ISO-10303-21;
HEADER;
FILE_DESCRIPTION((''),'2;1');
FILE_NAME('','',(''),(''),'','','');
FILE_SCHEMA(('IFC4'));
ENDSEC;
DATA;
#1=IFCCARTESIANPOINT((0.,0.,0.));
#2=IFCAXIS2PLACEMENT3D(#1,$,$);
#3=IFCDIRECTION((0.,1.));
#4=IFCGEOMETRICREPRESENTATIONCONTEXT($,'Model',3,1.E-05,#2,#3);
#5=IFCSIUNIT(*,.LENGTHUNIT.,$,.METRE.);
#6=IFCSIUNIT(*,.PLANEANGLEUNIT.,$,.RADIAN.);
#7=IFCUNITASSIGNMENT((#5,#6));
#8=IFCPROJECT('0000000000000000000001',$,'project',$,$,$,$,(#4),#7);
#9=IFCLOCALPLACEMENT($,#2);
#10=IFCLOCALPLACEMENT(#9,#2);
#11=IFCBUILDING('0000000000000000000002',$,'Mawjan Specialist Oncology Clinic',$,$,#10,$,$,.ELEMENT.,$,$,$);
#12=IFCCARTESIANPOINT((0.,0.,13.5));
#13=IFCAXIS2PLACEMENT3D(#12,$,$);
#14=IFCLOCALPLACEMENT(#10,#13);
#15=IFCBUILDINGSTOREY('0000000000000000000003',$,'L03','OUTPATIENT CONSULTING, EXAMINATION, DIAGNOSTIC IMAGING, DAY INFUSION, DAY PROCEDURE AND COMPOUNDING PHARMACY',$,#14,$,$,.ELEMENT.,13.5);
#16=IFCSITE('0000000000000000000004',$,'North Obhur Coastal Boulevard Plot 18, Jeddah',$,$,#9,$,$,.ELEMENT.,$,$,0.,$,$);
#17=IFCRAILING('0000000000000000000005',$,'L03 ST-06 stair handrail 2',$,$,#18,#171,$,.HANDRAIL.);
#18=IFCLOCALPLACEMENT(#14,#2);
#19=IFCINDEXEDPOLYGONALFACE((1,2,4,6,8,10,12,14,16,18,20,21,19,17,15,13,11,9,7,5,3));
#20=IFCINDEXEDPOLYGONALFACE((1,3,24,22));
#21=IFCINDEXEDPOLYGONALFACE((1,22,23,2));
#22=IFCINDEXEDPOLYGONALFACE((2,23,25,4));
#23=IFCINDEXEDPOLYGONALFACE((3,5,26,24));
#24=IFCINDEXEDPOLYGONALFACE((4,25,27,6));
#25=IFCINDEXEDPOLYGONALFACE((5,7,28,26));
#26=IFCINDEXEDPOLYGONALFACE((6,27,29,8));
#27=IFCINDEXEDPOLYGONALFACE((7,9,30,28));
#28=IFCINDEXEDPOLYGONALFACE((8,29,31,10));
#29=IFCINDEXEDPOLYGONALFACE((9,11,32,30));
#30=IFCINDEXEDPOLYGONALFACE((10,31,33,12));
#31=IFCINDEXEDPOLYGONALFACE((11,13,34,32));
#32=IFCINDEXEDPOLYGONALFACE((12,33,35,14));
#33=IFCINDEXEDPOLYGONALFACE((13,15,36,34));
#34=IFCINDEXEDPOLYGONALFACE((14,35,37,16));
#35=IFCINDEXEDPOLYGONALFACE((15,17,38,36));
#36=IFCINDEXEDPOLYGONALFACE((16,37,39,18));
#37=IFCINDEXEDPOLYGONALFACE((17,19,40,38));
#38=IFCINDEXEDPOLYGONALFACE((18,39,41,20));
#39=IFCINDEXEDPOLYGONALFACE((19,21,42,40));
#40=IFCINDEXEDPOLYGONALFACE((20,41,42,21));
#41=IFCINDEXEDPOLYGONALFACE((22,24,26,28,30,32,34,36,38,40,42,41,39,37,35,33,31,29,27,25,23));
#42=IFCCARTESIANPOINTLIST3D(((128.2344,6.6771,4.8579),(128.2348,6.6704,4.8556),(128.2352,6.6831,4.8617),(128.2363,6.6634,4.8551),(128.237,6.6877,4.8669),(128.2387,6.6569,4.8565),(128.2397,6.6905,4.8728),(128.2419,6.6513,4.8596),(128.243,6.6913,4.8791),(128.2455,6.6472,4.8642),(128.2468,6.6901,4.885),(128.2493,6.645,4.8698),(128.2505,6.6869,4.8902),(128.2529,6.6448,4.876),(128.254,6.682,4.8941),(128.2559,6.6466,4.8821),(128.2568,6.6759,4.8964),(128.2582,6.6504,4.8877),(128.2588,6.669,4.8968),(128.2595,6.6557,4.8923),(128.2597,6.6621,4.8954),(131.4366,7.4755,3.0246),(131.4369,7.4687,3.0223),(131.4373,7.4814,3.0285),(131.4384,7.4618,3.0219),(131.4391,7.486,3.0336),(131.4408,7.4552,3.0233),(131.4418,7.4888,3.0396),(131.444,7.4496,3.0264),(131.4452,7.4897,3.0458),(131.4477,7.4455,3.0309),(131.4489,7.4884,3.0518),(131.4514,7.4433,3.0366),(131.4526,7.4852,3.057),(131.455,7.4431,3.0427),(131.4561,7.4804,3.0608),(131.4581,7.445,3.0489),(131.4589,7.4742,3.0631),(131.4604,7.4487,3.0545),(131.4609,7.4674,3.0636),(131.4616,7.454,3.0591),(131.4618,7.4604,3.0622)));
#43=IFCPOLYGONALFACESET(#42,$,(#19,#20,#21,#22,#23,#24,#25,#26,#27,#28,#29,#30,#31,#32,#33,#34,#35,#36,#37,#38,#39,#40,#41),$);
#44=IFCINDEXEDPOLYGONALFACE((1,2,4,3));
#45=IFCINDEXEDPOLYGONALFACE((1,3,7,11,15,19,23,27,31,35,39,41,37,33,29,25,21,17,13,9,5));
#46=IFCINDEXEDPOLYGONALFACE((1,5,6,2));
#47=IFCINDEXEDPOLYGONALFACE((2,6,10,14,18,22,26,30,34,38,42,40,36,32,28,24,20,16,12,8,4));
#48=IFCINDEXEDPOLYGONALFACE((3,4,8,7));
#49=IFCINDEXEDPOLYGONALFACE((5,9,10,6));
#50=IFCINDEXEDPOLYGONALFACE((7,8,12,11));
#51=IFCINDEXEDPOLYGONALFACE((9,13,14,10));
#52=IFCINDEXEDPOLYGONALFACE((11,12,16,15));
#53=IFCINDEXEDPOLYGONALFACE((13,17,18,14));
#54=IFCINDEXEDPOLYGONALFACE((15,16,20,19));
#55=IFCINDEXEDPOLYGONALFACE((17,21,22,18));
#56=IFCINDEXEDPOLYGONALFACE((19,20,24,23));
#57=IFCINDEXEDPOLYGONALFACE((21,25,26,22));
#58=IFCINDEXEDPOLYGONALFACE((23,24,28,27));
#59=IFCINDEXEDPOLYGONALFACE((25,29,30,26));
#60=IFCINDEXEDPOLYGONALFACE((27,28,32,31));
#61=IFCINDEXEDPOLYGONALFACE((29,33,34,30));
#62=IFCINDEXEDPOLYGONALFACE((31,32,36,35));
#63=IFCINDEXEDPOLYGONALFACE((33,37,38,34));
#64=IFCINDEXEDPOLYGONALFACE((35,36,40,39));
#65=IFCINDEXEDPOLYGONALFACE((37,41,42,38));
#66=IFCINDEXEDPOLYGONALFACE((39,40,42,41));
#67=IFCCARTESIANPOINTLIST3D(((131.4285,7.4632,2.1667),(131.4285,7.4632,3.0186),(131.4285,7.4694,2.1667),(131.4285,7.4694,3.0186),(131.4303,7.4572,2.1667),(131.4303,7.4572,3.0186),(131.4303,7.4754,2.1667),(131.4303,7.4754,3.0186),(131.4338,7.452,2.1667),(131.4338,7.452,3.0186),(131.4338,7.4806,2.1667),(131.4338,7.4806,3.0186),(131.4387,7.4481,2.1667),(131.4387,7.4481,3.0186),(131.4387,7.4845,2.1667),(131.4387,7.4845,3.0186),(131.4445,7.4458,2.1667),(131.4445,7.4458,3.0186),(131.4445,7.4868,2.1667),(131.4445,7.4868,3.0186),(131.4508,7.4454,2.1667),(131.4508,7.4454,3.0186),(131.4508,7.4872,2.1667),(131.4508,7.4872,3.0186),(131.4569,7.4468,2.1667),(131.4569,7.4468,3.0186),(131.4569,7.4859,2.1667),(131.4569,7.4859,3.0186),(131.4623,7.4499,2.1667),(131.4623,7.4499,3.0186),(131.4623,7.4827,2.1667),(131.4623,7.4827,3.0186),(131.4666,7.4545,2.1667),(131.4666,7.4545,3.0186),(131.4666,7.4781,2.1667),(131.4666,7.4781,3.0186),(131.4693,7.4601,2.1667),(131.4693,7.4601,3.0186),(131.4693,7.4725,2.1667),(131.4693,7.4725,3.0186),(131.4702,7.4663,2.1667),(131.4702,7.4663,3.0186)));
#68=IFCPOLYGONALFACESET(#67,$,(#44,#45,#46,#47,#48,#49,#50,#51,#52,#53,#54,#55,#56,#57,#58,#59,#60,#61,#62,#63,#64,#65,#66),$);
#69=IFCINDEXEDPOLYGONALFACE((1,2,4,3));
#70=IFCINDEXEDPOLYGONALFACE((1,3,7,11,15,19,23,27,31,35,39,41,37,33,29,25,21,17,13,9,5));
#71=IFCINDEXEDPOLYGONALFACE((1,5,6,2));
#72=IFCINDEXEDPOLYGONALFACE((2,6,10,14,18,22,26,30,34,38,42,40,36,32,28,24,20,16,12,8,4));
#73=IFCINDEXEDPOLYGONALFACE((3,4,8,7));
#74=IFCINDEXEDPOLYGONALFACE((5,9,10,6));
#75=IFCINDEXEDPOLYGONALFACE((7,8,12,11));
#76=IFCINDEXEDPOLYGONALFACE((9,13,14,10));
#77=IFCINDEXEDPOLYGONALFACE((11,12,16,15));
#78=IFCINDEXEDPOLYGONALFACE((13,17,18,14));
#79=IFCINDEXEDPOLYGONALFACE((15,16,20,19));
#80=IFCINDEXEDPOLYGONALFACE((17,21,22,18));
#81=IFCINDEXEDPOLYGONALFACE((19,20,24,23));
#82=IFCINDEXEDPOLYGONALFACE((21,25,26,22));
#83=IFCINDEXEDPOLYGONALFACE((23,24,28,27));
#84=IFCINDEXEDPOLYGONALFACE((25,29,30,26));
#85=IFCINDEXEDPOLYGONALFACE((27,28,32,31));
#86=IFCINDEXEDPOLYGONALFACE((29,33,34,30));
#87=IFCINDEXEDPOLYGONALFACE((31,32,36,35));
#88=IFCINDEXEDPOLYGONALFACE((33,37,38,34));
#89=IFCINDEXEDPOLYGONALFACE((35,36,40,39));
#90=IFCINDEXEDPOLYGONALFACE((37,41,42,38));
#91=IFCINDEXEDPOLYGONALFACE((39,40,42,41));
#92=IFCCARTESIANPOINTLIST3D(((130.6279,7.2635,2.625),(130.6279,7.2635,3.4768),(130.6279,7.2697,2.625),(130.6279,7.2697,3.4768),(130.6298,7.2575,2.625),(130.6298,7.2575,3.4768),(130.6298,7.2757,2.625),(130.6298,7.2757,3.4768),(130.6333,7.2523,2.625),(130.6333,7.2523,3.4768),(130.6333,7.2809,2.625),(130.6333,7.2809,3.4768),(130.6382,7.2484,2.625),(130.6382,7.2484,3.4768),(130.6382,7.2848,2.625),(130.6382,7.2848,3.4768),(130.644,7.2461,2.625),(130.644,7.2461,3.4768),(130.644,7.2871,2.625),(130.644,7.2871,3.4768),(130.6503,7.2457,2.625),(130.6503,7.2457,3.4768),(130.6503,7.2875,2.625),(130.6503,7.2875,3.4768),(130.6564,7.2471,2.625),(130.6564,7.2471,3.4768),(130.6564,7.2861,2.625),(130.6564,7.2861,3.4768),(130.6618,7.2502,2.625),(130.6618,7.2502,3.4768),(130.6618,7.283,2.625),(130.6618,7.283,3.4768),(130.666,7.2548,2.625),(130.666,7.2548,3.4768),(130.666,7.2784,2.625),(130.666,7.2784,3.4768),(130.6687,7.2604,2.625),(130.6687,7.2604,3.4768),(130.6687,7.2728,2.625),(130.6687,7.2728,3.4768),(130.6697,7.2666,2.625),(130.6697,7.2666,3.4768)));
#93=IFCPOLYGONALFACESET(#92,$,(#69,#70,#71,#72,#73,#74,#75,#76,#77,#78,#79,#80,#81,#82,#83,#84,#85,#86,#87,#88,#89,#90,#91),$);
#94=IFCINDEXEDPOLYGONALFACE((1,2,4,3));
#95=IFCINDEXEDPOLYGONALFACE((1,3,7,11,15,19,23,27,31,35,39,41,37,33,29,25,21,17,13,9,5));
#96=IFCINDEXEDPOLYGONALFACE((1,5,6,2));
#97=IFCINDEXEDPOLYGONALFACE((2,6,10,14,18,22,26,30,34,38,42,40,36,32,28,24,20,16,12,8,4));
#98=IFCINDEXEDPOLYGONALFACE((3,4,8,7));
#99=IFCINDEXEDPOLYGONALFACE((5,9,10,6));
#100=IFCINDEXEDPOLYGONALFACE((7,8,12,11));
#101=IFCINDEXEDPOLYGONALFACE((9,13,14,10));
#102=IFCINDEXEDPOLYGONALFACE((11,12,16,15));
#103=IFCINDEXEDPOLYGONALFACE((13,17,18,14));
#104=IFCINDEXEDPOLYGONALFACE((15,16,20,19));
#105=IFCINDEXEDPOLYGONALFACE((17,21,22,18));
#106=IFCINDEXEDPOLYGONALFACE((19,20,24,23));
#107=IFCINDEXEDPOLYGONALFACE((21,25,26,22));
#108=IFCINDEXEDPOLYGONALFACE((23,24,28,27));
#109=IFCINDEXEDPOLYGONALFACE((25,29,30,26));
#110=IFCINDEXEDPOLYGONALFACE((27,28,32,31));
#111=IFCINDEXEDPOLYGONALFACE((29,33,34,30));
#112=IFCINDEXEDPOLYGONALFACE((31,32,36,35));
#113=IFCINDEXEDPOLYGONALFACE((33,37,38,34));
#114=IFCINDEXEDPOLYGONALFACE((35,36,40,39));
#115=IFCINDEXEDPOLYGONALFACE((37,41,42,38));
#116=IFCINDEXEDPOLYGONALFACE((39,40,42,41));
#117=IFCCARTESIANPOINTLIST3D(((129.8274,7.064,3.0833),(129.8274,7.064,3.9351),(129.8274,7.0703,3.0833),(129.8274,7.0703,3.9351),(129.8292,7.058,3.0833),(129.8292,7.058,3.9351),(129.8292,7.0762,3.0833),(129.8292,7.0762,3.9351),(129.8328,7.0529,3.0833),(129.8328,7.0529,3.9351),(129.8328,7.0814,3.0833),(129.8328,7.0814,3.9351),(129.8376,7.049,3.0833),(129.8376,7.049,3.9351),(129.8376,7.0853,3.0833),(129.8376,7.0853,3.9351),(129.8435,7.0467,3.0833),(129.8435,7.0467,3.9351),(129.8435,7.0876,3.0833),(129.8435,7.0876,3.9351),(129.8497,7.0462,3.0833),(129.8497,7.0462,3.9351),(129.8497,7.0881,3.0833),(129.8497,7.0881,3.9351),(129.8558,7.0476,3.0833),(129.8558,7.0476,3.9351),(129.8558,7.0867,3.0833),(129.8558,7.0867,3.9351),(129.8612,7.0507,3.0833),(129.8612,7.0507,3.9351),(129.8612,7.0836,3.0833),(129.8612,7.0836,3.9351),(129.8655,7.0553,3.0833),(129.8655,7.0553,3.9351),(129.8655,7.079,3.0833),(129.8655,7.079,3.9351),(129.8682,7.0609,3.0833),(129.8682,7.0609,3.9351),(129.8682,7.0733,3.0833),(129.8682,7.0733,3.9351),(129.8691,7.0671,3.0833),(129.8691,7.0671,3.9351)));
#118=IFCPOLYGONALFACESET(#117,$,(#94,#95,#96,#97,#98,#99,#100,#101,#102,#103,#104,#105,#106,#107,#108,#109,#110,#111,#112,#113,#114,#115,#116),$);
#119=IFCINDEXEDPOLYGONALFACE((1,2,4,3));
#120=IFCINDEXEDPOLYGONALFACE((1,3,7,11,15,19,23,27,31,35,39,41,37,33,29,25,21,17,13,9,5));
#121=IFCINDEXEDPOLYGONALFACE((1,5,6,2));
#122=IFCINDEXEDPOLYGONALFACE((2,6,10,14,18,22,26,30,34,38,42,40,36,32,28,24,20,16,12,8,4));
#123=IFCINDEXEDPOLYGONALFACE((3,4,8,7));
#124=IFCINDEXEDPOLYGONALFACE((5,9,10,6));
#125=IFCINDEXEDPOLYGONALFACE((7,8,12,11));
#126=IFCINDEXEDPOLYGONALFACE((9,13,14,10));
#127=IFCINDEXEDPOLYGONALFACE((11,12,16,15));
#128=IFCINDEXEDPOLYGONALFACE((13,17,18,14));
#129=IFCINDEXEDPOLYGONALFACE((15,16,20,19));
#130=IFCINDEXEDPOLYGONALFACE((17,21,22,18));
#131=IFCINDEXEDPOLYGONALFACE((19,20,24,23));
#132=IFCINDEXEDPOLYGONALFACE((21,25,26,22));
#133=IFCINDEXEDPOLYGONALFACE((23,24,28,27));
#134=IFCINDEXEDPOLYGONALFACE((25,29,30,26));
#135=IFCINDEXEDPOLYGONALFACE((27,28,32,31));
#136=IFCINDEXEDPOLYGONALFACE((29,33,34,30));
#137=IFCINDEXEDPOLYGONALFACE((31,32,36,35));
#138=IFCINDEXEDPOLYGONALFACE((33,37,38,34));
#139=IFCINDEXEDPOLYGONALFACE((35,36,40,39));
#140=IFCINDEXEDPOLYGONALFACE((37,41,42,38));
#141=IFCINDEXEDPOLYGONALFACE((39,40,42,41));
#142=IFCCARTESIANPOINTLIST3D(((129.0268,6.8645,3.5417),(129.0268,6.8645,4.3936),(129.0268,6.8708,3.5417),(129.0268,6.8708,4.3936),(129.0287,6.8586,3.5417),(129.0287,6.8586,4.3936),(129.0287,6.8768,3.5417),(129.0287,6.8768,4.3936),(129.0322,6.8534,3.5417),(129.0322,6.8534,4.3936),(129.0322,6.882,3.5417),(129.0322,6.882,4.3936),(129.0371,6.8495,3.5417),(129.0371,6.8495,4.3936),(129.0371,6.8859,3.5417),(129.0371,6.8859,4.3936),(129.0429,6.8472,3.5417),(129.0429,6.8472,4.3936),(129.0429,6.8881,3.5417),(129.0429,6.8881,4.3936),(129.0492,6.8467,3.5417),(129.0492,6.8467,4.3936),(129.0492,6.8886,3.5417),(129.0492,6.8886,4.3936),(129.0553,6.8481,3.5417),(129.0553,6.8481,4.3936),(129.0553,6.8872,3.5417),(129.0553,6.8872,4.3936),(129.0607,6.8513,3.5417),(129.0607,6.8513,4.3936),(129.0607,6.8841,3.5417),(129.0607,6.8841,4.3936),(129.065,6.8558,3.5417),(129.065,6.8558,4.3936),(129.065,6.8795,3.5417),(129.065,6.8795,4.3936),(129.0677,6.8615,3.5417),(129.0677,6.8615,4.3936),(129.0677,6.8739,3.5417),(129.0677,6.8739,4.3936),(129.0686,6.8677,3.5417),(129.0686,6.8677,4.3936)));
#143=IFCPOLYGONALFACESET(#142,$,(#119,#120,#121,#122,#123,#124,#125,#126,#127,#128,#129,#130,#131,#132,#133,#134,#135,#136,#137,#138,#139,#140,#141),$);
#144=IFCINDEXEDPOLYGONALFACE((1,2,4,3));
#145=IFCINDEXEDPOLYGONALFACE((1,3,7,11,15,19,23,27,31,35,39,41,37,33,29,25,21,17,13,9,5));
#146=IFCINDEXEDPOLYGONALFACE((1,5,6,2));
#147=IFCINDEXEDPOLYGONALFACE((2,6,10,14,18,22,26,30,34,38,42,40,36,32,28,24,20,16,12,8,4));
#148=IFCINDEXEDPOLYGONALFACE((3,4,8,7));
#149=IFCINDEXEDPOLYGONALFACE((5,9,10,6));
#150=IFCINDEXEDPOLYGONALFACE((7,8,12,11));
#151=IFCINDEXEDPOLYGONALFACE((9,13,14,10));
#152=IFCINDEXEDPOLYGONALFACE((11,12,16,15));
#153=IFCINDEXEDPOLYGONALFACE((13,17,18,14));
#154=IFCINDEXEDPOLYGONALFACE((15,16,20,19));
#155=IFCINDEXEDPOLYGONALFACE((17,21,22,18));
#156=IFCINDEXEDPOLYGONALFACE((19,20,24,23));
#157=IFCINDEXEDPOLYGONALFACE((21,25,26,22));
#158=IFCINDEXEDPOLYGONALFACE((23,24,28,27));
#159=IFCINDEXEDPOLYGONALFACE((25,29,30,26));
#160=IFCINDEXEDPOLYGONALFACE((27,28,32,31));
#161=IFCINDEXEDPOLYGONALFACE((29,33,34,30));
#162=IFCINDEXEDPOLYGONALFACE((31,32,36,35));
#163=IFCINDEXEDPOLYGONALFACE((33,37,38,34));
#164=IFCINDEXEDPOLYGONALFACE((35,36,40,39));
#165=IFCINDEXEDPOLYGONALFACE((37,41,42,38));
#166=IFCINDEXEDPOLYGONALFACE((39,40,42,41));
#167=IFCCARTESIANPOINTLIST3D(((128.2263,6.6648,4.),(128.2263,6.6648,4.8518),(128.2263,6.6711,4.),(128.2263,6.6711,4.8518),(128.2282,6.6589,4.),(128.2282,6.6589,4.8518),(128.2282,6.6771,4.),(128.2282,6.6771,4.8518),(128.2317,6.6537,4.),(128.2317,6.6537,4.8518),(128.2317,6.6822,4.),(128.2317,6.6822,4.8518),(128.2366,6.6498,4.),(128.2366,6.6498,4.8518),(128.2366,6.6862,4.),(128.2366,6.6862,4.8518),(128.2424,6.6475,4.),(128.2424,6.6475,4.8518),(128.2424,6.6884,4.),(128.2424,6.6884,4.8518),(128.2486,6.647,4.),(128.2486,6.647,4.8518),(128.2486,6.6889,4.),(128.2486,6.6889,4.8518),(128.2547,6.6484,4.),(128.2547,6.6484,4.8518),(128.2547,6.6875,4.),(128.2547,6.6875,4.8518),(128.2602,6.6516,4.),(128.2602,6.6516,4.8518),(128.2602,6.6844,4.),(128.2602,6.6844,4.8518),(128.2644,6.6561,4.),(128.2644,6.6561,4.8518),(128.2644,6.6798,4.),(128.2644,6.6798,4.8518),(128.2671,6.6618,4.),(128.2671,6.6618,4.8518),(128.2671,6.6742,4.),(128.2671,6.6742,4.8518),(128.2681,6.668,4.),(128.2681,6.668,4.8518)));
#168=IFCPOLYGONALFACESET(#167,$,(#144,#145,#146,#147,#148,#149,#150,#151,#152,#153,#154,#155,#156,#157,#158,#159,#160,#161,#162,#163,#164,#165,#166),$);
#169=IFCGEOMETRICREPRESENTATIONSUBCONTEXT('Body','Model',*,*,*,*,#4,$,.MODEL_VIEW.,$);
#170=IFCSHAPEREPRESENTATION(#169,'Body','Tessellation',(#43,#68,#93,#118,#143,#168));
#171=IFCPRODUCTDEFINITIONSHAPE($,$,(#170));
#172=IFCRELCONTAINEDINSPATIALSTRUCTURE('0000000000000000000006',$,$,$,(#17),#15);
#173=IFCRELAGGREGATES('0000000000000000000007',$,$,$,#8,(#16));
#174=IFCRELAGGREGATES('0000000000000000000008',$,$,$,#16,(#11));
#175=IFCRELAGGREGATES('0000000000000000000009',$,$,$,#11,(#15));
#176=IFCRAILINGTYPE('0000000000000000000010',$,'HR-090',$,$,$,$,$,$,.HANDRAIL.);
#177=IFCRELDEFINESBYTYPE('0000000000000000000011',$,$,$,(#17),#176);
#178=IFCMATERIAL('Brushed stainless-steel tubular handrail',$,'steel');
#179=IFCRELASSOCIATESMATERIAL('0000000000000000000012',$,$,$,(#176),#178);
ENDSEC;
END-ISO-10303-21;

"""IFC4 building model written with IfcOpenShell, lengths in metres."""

from ifc_helpers import new_model, si_unit, direction, frame, origin, origin_2d, place, context, subcontext, project, spatial, circle, extrude, material, type_object, element, save


model = new_model("IFC4")

# Units and contexts
model_context = context("Model", 3, precision=1e-05, world=origin(), true_north=direction((0.0, 1.0)))
body_context = subcontext(model_context, "Body", "Model", "MODEL_VIEW")
ifc_project = project(units=[si_unit("LENGTHUNIT", "METRE"), si_unit("PLANEANGLEUNIT", "RADIAN")], contexts=[model_context])

# Site, building, storey
site_placement = place(None, origin())
site = spatial("IfcSite", under=ifc_project, at=site_placement, Name="North Obhur Coastal Boulevard Plot 18, Jeddah", CompositionType="ELEMENT", RefElevation=0.0)
building_placement = place(site_placement, origin())
building = spatial("IfcBuilding", under=site, at=building_placement, Name="Mawjan Specialist Oncology Clinic", CompositionType="ELEMENT")
storey_placement = place(building_placement, frame((0.0, 0.0, 13.5)))
storey = spatial("IfcBuildingStorey", under=building, at=storey_placement, Name="L03", Description="OUTPATIENT CONSULTING, EXAMINATION, DIAGNOSTIC IMAGING, DAY INFUSION, DAY PROCEDURE AND COMPOUNDING PHARMACY", CompositionType="ELEMENT", Elevation=13.5)

# Railing
ifc_material_1 = material(Name="Brushed stainless-steel tubular handrail", Category="steel")
railing_type_1 = type_object("IfcRailingType", Name="HR-090", PredefinedType="HANDRAIL", material=ifc_material_1)
railing_1_placement = place(storey_placement, frame((131.4492, 7.4663, 2.1667)))
element("IfcRailing", 1, at=railing_1_placement, inside=storey, type_object=railing_type_1, Name="L03 ST-06 stair handrail 2", PredefinedType="HANDRAIL", context=body_context, shape_type="SweptSolid", body=[
    extrude(circle(Radius=0.0239, at=origin_2d()), frame((0.0, 0.0, 0.876), z_axis=(-0.848213, -0.211471, 0.485608), x_axis=(0.241909, -0.970299, 0.0)), (0.0, 0.0, 1.0), 3.7751),
    extrude(circle(Radius=0.021, at=origin_2d()), origin(), (0.0, 0.0, 1.0), 0.8518),
    extrude(circle(Radius=0.021, at=origin_2d()), frame((-0.8005, -0.1997, 0.4583)), (0.0, 0.0, 1.0), 0.8518),
    extrude(circle(Radius=0.021, at=origin_2d()), frame((-1.6011, -0.3992, 0.9165)), (0.0, 0.0, 1.0), 0.8518),
    extrude(circle(Radius=0.021, at=origin_2d()), frame((-2.4016, -0.5986, 1.375)), (0.0, 0.0, 1.0), 0.8518),
    extrude(circle(Radius=0.021, at=origin_2d()), frame((-3.2021, -0.7983, 1.8333)), (0.0, 0.0, 1.0), 0.8518),
])

save(model, "model.ifc")
